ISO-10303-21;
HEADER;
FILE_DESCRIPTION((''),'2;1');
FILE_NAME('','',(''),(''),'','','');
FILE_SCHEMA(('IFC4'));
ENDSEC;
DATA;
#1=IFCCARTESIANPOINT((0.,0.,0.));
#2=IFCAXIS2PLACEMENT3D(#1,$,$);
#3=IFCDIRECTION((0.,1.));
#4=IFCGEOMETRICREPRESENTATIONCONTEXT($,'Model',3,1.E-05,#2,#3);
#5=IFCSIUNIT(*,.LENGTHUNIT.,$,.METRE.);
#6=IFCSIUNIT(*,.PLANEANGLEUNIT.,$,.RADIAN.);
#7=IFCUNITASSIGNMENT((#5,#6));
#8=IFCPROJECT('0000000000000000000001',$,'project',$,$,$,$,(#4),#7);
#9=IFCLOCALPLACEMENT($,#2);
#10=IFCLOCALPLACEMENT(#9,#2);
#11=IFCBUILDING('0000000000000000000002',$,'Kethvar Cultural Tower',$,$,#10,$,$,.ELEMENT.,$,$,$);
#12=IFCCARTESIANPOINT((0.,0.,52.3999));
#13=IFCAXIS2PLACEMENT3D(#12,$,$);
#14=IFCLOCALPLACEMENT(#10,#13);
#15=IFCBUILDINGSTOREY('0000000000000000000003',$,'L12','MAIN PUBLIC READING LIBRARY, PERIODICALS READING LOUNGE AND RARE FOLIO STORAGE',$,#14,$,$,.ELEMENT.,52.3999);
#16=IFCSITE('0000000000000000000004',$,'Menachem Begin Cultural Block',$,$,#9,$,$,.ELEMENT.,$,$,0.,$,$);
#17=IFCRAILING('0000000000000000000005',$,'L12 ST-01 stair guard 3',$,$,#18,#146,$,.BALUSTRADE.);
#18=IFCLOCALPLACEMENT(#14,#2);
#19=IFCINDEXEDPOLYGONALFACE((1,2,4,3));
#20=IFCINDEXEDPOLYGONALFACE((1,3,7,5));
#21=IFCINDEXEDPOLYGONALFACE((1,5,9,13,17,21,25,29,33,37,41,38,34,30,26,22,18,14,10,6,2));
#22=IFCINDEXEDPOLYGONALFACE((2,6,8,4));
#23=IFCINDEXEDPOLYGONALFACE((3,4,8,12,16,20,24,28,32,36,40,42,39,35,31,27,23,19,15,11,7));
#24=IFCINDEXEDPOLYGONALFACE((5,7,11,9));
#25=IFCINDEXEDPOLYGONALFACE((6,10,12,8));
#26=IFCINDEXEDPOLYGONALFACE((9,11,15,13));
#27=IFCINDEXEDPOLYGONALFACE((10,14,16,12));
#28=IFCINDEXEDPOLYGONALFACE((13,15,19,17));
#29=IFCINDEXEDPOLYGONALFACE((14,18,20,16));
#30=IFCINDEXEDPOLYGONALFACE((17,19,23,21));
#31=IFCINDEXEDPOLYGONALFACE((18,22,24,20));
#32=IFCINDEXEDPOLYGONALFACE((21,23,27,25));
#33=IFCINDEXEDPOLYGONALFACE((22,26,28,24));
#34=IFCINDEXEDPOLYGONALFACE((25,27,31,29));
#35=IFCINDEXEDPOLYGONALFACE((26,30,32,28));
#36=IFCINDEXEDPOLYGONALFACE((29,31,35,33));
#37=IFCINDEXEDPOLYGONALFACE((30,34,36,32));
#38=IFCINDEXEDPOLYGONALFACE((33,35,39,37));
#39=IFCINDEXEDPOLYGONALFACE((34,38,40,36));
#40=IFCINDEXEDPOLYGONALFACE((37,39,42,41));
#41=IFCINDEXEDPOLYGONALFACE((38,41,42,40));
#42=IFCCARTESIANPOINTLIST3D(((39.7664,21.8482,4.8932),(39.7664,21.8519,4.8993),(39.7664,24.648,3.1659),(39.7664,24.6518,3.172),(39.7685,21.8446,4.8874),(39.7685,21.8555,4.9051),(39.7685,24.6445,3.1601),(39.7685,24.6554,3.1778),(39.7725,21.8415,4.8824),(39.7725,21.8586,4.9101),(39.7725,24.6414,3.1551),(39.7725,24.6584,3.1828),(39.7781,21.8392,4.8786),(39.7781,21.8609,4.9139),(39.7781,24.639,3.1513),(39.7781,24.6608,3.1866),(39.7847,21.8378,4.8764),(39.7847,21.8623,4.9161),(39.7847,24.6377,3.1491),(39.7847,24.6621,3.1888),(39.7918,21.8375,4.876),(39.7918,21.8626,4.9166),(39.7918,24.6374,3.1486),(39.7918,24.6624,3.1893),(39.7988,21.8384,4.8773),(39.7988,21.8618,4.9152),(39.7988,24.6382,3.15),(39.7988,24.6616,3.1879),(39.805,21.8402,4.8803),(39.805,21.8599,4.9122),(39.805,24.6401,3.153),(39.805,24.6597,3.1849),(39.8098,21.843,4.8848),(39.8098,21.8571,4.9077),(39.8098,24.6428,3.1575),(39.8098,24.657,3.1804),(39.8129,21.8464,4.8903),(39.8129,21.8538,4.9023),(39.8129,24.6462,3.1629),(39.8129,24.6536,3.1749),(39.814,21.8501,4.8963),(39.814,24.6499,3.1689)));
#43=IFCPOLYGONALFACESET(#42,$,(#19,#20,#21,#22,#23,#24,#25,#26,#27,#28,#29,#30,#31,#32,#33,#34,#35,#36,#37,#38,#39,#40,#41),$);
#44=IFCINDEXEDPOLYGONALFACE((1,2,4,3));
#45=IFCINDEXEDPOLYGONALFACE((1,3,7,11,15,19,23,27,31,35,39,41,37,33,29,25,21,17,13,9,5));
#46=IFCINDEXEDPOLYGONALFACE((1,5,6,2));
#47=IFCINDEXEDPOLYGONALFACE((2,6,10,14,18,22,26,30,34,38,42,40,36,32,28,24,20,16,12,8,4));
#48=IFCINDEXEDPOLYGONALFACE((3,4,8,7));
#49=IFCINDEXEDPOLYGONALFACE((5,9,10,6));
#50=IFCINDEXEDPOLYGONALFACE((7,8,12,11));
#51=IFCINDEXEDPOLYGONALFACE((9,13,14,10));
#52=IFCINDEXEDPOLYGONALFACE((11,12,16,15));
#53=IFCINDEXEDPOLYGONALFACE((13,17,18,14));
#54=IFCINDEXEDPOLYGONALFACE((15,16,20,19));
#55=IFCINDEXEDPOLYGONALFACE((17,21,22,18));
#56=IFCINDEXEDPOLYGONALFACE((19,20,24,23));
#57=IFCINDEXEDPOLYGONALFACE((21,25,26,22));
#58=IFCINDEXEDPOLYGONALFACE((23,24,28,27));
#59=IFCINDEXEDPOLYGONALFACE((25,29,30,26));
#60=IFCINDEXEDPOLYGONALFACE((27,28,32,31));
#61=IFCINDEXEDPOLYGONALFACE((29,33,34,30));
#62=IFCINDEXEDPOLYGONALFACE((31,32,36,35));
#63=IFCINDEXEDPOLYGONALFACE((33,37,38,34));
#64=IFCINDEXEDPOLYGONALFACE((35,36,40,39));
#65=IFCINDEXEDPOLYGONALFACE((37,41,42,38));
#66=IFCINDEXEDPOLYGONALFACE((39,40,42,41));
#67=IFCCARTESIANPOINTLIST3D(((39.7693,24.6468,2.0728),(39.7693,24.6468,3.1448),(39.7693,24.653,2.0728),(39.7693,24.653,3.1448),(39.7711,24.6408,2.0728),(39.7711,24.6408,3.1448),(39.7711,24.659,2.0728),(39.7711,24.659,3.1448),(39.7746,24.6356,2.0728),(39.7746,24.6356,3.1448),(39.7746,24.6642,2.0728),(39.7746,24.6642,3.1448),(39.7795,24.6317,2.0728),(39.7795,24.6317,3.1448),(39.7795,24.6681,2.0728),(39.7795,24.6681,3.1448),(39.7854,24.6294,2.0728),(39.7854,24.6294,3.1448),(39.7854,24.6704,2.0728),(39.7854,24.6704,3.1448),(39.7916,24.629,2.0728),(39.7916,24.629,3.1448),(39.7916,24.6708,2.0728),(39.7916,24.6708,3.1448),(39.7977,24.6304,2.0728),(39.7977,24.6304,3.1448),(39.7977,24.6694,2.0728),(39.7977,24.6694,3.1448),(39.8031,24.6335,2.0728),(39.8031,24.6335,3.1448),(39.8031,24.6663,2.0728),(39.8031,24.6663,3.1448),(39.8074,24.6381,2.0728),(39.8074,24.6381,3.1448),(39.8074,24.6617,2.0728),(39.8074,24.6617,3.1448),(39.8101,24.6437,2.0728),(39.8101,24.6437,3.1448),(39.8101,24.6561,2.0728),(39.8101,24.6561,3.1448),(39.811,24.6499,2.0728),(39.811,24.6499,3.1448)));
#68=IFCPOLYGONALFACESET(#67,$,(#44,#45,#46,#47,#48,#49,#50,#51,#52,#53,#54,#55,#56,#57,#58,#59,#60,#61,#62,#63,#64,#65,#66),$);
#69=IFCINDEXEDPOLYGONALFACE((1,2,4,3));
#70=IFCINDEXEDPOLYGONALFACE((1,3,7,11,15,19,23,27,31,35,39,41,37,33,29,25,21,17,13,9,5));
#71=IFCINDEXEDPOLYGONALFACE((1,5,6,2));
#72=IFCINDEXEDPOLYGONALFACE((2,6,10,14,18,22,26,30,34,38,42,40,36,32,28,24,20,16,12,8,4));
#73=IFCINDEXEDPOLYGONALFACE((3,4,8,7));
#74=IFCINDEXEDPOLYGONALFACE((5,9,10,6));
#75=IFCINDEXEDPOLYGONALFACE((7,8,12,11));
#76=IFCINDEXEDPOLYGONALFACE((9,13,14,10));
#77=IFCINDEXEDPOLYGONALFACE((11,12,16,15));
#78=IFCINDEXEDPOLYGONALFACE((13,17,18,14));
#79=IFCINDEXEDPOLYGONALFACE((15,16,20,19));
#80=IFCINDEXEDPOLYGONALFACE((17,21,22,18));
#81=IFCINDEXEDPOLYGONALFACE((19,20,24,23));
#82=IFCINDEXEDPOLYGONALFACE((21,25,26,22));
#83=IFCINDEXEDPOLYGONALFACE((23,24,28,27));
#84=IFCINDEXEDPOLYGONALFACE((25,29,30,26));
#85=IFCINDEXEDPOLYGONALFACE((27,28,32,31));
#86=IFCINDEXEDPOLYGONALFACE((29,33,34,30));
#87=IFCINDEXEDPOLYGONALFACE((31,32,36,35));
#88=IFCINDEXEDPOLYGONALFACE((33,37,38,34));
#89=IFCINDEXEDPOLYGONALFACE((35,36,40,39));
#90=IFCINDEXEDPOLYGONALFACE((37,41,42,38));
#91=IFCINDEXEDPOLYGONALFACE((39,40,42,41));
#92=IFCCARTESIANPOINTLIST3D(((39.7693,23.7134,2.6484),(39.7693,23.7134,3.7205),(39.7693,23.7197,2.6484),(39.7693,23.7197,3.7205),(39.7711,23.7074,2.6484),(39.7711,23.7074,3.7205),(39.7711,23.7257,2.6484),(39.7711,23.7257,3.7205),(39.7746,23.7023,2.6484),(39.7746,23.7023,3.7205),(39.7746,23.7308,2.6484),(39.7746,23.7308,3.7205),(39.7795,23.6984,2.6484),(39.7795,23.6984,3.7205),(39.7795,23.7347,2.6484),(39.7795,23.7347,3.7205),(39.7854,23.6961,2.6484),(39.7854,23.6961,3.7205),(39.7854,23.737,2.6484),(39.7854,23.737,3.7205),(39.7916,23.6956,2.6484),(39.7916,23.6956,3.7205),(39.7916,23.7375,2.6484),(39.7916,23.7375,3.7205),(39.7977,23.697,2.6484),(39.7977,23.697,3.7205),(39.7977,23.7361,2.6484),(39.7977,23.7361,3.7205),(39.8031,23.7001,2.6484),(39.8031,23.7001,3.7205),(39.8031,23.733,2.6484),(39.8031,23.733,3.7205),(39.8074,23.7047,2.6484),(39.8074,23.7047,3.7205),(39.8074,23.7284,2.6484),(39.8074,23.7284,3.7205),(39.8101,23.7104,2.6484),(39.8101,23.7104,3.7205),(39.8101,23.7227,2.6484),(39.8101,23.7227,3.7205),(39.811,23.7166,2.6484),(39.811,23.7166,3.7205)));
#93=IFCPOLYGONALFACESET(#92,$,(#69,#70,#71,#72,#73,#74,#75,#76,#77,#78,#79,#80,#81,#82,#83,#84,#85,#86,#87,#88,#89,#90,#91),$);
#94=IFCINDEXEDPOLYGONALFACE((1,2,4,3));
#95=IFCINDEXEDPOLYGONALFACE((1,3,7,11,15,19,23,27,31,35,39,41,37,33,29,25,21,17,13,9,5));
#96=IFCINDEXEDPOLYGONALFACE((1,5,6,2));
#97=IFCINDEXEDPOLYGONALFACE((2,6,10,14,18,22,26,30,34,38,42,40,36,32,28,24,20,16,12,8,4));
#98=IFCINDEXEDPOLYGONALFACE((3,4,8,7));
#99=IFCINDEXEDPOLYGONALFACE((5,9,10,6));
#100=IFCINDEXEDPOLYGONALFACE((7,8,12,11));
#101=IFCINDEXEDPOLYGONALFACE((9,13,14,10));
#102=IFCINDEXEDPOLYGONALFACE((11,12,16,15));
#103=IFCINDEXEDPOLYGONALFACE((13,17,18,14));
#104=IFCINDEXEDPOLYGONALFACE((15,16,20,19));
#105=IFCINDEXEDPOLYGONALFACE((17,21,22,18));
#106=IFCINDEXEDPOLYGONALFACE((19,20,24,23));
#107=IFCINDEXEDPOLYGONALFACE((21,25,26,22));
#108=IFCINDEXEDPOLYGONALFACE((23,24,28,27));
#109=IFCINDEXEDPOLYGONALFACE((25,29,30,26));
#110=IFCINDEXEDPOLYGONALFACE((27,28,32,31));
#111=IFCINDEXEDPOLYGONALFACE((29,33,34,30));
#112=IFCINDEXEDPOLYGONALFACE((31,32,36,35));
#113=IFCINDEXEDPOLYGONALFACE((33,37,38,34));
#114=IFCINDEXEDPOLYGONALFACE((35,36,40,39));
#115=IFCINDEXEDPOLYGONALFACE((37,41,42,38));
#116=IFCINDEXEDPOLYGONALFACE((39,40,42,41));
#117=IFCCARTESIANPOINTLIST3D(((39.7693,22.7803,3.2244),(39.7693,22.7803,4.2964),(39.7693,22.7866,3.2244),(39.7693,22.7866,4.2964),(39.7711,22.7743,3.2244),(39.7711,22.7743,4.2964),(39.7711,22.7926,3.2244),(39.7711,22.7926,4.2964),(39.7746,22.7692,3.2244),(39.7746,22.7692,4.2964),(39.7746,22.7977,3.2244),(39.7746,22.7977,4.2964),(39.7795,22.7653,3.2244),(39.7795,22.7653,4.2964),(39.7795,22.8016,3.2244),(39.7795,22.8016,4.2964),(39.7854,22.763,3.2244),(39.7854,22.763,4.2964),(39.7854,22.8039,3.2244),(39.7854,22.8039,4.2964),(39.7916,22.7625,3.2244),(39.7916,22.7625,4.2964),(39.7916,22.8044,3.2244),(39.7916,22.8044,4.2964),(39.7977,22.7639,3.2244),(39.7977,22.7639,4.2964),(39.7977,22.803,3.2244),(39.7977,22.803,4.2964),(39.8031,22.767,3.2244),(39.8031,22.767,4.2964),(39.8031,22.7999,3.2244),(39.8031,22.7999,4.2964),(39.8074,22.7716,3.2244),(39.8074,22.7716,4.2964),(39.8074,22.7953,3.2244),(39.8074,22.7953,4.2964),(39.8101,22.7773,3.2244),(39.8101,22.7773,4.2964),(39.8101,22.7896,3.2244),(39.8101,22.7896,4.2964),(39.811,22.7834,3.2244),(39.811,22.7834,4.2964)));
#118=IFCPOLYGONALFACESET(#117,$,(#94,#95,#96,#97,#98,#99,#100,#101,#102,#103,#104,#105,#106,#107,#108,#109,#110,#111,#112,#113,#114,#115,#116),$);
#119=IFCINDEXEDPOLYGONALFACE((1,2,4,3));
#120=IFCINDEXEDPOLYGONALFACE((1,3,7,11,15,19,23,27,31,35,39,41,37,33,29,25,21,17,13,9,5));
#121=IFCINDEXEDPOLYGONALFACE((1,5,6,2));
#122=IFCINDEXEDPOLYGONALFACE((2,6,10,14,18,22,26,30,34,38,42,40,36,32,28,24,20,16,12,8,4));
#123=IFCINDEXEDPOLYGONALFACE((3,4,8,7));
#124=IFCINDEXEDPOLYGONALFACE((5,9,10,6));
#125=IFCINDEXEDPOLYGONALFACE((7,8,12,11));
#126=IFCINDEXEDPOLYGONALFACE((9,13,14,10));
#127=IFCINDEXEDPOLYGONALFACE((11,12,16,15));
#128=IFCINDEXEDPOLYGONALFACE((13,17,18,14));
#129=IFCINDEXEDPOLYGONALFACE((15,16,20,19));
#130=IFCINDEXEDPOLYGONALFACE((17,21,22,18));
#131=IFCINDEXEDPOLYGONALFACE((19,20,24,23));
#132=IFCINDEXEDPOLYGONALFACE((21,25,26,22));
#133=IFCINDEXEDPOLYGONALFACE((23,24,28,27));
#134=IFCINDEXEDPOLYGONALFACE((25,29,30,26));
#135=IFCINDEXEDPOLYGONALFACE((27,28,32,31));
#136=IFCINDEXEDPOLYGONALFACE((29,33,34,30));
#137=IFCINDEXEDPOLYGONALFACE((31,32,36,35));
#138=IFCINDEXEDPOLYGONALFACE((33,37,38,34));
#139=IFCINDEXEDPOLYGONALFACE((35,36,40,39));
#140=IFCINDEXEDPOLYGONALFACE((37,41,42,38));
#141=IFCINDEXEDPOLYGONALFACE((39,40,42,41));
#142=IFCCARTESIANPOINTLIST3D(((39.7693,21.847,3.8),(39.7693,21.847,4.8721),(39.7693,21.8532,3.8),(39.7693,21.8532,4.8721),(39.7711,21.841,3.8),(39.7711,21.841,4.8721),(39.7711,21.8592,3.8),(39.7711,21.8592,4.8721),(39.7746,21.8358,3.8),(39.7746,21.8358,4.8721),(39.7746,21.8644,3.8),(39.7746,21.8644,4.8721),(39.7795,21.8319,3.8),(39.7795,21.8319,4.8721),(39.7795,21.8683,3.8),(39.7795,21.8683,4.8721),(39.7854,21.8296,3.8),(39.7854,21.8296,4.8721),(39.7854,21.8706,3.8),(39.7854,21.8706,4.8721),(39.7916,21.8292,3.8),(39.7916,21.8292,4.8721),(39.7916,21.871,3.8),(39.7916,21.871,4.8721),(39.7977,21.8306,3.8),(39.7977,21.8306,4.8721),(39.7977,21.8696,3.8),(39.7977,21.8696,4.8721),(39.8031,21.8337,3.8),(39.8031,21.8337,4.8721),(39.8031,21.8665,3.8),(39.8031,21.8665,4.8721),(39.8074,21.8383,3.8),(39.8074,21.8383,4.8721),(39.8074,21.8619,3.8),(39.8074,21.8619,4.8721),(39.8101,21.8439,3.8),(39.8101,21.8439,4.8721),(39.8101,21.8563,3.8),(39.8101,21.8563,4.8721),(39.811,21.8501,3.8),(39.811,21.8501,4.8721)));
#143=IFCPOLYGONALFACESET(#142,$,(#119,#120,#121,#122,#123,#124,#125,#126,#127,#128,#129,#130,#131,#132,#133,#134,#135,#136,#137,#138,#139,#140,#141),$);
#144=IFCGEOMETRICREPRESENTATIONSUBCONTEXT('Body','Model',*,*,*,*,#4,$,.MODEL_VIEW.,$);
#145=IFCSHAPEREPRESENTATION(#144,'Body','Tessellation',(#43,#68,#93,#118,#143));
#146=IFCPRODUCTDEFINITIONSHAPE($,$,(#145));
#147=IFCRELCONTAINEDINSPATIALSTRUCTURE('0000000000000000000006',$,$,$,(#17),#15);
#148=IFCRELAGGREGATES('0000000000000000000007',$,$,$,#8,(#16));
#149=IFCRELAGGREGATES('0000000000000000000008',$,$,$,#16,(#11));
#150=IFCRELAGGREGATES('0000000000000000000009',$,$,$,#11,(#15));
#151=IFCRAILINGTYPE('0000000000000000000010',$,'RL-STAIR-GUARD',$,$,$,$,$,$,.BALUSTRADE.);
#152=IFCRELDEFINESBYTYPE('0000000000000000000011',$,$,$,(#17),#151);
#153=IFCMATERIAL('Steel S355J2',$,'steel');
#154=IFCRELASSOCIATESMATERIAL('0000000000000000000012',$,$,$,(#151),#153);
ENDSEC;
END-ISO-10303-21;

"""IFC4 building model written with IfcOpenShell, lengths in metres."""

from ifc_helpers import new_model, si_unit, direction, frame, origin, origin_2d, place, context, subcontext, project, spatial, circle, extrude, material, type_object, element, save


model = new_model("IFC4")

# Units and contexts
model_context = context("Model", 3, precision=1e-05, world=origin(), true_north=direction((0.0, 1.0)))
body_context = subcontext(model_context, "Body", "Model", "MODEL_VIEW")
ifc_project = project(units=[si_unit("LENGTHUNIT", "METRE"), si_unit("PLANEANGLEUNIT", "RADIAN")], contexts=[model_context])

# Site, building, storey
site_placement = place(None, origin())
site = spatial("IfcSite", under=ifc_project, at=site_placement, Name="Menachem Begin Cultural Block", CompositionType="ELEMENT", RefElevation=0.0)
building_placement = place(site_placement, origin())
building = spatial("IfcBuilding", under=site, at=building_placement, Name="Kethvar Cultural Tower", CompositionType="ELEMENT")
storey_placement = place(building_placement, frame((0.0, 0.0, 52.3999)))
storey = spatial("IfcBuildingStorey", under=building, at=storey_placement, Name="L12", Description="MAIN PUBLIC READING LIBRARY, PERIODICALS READING LOUNGE AND RARE FOLIO STORAGE", CompositionType="ELEMENT", Elevation=52.3999)

# Shared definitions
ifc_material_1 = material(Name="Steel S355J2", Category="steel")

# Railing
railing_type_1 = type_object("IfcRailingType", Name="RL-STAIR-GUARD", PredefinedType="BALUSTRADE", material=ifc_material_1)
railing_1_placement = place(storey_placement, frame((39.79, 24.6499, 2.0728)))
element("IfcRailing", 1, at=railing_1_placement, inside=storey, type_object=railing_type_1, Name="L12 ST-01 stair guard 3", PredefinedType="BALUSTRADE", context=body_context, shape_type="SweptSolid", body=[
    extrude(circle(Radius=0.0239, at=origin_2d()), frame((0.0, 0.0, 1.0962), z_axis=(0.0, -0.851069, 0.525054), x_axis=(1.0, 0.0, 0.0)), (0.0, 0.0, 1.0), 3.2898),
    extrude(circle(Radius=0.021, at=origin_2d()), origin(), (0.0, 0.0, 1.0), 1.072),
    extrude(circle(Radius=0.021, at=origin_2d()), frame((0.0, -0.9333, 0.5757)), (0.0, 0.0, 1.0), 1.072),
    extrude(circle(Radius=0.021, at=origin_2d()), frame((0.0, -1.8665, 1.1516)), (0.0, 0.0, 1.0), 1.072),
    extrude(circle(Radius=0.021, at=origin_2d()), frame((0.0, -2.7998, 1.7273)), (0.0, 0.0, 1.0), 1.072),
])

save(model, "model.ifc")
